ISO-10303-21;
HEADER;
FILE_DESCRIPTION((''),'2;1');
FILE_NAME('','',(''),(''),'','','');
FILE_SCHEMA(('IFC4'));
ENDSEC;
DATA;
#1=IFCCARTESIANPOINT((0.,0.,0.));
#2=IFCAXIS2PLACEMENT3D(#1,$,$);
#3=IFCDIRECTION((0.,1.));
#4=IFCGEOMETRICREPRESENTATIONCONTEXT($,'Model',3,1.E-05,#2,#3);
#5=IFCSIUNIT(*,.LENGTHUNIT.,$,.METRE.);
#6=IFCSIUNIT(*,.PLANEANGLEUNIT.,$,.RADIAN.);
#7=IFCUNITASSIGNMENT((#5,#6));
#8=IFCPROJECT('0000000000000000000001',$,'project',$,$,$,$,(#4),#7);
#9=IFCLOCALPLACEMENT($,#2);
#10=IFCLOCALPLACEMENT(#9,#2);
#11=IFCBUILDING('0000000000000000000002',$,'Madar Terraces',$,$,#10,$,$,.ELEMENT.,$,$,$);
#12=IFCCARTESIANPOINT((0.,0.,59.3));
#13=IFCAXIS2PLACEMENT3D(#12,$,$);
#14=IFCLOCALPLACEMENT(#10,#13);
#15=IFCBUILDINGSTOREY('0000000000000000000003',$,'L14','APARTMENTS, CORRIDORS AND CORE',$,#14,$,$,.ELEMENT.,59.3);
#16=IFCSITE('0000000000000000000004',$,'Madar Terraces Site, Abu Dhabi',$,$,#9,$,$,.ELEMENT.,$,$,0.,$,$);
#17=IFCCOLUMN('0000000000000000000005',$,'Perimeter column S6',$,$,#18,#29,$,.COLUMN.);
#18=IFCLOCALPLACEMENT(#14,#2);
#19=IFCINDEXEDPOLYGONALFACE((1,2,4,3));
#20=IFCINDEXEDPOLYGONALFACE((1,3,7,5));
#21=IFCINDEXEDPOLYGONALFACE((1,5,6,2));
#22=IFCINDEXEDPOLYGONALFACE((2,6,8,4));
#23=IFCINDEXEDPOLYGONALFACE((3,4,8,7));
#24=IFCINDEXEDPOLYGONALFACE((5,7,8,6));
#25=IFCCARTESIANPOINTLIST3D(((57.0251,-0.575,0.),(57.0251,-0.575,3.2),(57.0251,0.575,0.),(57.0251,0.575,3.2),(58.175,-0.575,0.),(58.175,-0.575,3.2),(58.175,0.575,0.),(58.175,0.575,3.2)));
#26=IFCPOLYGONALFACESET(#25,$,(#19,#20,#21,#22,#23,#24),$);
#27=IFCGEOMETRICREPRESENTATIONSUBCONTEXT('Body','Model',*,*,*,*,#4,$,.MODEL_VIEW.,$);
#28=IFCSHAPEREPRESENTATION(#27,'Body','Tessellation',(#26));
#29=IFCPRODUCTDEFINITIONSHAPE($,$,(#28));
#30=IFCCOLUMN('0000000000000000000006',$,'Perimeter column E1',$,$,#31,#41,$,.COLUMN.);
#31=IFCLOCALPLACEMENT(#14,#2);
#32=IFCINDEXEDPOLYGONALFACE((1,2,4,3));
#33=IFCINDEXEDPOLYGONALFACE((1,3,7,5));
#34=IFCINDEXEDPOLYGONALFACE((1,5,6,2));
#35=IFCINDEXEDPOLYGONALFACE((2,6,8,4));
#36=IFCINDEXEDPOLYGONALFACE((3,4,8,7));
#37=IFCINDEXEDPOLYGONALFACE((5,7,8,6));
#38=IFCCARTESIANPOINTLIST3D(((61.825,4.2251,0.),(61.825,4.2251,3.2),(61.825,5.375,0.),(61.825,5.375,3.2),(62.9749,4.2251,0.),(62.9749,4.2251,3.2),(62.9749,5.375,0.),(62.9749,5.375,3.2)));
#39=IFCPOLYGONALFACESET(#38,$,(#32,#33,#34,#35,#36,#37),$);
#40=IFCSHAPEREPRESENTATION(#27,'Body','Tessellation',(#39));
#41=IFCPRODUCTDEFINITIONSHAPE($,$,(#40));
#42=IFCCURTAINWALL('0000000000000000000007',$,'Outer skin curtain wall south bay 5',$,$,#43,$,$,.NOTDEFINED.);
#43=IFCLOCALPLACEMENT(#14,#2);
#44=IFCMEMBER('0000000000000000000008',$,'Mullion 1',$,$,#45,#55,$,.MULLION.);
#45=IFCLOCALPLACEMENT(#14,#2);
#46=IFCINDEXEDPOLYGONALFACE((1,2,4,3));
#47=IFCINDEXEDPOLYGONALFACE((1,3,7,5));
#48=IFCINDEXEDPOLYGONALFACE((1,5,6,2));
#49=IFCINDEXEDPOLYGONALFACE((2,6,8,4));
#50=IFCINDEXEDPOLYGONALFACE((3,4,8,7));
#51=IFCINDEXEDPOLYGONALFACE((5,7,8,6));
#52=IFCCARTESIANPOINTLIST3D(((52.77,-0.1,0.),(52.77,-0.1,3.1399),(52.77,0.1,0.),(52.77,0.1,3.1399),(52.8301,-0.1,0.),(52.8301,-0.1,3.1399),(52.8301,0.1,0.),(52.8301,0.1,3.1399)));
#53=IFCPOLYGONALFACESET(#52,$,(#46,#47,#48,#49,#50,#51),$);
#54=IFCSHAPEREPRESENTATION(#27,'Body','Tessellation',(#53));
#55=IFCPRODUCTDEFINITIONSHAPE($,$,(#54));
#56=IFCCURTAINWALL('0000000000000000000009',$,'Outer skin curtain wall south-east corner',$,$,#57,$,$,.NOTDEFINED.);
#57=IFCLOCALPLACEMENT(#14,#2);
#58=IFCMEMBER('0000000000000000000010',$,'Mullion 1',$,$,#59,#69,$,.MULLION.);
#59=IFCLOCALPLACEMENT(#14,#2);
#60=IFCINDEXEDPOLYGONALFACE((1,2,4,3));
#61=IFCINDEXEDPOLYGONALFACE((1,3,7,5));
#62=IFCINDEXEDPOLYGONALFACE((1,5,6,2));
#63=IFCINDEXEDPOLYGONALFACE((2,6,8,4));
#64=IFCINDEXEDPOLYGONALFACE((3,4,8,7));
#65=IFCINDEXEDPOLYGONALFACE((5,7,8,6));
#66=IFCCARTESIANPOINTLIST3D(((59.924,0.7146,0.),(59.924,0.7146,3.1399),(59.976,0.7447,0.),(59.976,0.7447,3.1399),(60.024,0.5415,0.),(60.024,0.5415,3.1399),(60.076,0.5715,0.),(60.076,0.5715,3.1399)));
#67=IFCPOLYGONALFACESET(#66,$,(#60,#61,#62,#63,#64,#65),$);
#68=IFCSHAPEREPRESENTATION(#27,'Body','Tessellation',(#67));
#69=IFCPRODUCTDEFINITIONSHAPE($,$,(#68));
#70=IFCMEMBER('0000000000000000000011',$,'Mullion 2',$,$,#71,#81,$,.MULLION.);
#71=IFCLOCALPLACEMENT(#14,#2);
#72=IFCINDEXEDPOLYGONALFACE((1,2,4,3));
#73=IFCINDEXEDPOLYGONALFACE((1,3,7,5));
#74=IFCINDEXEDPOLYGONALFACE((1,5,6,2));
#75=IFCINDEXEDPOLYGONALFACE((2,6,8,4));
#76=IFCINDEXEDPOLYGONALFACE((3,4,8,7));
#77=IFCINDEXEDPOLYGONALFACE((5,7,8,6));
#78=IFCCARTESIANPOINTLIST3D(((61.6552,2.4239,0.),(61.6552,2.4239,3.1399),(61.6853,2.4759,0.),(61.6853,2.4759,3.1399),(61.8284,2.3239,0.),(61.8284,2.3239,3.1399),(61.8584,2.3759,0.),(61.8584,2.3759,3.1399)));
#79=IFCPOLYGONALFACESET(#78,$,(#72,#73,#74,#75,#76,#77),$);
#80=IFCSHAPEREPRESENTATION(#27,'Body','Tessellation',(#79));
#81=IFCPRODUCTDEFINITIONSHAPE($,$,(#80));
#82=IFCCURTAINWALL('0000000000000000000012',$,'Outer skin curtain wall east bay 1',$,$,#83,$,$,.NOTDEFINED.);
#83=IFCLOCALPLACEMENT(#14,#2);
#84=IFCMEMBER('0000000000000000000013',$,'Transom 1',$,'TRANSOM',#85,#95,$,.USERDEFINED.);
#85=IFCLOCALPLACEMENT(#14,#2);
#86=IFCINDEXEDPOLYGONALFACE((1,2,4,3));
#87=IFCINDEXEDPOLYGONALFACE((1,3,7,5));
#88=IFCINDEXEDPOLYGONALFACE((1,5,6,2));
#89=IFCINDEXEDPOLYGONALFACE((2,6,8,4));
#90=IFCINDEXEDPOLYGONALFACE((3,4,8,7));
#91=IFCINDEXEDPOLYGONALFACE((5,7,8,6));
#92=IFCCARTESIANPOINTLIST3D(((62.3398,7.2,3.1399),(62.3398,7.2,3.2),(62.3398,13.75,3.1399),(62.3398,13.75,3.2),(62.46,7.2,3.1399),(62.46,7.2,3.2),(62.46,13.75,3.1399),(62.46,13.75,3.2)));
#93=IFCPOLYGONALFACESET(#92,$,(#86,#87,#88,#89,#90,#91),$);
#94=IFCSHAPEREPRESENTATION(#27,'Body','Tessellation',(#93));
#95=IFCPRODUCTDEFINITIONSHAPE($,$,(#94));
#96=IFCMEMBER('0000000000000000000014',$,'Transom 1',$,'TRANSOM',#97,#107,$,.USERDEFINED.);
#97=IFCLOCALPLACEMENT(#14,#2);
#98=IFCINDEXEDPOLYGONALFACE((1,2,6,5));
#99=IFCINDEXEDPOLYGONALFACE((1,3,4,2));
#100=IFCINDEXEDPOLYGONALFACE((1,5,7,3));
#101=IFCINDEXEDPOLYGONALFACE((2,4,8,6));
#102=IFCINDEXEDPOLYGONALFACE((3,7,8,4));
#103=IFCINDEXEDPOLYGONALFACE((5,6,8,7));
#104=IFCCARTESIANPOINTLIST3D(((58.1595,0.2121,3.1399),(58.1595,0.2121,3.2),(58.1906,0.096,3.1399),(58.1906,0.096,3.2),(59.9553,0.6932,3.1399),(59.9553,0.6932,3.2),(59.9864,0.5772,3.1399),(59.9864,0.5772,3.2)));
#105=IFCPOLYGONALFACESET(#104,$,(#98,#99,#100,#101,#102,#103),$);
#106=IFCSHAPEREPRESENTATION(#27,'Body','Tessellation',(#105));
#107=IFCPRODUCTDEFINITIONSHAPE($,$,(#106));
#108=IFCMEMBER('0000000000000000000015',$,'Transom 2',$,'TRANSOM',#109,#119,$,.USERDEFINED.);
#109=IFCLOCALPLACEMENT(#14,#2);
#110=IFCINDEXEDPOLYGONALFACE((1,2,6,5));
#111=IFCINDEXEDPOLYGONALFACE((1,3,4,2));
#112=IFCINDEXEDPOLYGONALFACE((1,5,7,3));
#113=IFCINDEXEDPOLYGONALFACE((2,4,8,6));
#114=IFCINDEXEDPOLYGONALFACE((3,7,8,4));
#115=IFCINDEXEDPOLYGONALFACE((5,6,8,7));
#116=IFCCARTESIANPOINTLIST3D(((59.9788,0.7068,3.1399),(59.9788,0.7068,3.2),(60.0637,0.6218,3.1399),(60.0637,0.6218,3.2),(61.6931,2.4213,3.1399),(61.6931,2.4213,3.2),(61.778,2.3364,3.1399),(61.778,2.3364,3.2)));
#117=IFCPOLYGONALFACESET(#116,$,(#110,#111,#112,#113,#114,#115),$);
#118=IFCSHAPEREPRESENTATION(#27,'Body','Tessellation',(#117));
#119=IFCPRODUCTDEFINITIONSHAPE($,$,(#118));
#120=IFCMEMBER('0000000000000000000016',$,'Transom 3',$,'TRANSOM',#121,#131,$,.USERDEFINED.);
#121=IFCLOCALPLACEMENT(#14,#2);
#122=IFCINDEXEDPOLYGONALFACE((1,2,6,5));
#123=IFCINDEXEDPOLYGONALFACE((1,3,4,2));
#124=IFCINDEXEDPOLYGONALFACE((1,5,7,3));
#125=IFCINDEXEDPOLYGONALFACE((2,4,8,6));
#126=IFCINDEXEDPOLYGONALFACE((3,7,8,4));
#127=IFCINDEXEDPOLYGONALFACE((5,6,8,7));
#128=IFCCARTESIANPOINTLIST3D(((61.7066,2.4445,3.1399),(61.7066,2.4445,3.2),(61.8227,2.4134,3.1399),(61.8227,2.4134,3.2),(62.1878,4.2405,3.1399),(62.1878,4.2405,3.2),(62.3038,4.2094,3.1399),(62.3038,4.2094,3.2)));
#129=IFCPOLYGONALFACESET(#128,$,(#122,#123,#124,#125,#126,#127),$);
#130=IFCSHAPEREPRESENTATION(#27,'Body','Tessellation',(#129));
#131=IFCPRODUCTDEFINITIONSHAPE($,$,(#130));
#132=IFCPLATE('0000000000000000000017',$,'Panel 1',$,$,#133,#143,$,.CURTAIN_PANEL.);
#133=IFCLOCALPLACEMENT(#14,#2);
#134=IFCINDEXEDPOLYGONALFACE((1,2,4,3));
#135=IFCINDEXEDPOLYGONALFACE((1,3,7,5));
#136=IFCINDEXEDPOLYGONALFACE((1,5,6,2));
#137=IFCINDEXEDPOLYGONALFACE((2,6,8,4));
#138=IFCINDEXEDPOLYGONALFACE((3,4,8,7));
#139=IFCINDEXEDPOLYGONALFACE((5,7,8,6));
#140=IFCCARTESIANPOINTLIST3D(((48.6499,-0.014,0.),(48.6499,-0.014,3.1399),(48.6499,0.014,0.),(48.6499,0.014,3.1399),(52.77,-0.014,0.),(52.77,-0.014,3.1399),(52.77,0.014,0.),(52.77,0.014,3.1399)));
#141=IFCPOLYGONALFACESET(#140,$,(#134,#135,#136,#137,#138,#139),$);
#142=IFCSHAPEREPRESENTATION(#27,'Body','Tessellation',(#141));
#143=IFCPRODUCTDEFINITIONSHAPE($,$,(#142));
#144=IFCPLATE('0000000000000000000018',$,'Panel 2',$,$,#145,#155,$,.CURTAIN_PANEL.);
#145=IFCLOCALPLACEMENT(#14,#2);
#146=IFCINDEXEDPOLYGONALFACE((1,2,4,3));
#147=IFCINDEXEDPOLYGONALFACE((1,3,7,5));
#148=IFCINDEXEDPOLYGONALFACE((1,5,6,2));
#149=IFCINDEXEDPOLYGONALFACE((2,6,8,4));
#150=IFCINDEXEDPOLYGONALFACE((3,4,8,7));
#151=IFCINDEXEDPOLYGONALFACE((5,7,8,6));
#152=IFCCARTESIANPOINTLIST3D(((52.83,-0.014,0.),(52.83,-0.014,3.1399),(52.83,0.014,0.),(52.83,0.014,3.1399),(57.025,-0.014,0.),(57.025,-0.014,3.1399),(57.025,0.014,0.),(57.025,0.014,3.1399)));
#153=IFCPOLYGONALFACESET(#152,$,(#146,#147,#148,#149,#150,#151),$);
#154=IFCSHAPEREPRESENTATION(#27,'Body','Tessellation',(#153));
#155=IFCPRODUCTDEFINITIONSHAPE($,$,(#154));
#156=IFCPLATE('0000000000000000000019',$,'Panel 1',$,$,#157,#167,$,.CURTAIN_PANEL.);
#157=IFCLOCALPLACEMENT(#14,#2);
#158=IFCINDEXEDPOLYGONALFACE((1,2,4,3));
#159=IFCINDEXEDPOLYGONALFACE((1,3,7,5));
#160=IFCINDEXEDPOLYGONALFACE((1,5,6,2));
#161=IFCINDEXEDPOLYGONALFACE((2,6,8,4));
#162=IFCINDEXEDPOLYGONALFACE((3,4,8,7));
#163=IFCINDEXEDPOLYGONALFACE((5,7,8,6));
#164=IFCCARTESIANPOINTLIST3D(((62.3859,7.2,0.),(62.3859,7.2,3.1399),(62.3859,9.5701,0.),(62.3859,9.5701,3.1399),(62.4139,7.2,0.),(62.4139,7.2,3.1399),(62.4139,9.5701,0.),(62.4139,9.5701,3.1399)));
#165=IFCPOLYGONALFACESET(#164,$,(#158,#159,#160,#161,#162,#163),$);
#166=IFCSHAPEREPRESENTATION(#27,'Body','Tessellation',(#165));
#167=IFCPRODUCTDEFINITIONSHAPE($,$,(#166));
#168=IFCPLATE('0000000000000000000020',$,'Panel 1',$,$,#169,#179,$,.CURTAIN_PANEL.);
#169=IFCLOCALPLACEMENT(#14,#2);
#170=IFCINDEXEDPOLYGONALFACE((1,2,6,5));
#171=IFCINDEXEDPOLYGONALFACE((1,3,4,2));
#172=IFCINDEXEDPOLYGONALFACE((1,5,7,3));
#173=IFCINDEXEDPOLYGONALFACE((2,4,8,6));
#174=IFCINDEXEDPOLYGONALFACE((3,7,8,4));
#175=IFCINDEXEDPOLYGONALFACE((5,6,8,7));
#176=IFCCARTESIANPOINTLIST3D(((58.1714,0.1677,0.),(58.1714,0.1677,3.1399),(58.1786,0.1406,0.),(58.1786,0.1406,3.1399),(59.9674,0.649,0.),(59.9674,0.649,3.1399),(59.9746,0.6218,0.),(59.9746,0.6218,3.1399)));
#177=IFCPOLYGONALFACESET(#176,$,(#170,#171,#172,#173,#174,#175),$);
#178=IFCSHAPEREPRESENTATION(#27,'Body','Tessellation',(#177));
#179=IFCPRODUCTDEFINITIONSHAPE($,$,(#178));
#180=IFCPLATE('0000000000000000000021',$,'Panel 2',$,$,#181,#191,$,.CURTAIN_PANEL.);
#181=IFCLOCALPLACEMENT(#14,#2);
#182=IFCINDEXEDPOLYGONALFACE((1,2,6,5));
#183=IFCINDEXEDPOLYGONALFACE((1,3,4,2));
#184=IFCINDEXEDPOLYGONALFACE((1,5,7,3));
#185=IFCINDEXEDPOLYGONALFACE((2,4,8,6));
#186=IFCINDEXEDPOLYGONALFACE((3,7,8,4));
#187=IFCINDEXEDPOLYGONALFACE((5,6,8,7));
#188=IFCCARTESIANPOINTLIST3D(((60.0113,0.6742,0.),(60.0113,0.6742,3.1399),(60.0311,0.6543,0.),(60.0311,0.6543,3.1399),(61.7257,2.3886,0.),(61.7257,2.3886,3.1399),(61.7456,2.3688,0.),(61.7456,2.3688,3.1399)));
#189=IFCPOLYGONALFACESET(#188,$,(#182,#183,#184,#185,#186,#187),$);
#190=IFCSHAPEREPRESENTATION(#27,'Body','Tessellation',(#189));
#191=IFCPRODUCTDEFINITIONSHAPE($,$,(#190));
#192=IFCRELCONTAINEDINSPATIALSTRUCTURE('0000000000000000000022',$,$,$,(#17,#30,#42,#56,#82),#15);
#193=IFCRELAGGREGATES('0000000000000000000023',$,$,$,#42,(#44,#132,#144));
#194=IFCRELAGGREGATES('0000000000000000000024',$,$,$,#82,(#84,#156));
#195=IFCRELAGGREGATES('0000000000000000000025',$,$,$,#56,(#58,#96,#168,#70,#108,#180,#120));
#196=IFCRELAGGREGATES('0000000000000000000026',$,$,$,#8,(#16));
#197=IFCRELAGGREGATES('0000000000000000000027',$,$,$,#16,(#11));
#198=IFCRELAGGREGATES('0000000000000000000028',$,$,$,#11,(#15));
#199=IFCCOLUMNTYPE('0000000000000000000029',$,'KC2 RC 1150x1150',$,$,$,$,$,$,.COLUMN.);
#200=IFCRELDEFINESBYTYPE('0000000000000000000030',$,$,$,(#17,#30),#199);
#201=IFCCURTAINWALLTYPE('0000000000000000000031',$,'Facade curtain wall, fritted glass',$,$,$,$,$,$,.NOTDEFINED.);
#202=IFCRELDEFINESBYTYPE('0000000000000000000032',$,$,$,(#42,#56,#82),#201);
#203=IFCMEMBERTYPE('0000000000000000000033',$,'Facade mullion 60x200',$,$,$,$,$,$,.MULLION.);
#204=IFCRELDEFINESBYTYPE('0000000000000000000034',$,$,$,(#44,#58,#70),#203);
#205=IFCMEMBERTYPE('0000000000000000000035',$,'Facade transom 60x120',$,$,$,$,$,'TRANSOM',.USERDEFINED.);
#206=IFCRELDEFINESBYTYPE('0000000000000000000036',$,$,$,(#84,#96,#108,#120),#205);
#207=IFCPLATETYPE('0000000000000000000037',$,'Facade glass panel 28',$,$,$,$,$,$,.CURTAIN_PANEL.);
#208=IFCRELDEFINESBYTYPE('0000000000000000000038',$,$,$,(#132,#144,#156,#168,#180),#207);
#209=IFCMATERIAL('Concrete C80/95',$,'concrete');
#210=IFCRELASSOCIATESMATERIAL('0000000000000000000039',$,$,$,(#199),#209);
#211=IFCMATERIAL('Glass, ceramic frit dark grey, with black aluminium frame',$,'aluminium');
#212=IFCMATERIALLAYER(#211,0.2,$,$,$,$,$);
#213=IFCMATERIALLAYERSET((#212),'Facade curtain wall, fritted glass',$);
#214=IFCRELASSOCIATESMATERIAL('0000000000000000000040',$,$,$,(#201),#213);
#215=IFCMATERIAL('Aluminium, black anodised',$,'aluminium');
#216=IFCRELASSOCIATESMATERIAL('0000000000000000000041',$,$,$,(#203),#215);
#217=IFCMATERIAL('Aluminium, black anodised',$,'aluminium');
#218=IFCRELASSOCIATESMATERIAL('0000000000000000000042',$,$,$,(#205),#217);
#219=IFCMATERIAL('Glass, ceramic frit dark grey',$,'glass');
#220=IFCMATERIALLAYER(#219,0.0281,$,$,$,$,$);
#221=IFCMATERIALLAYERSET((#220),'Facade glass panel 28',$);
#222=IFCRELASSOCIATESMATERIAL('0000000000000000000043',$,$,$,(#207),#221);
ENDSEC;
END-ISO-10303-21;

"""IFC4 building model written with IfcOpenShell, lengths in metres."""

from ifc_helpers import new_model, si_unit, direction, frame, origin, origin_2d, place, context, subcontext, project, spatial, rectangle, extrude, material, layer, layer_set, material_profile, profile_set, type_object, element, aggregate, save


model = new_model("IFC4")

# Units and contexts
model_context = context("Model", 3, precision=1e-05, world=origin(), true_north=direction((0.0, 1.0)))
body_context = subcontext(model_context, "Body", "Model", "MODEL_VIEW")
ifc_project = project(units=[si_unit("LENGTHUNIT", "METRE"), si_unit("PLANEANGLEUNIT", "RADIAN")], contexts=[model_context])

# Site, building, storey
site_placement = place(None, origin())
site = spatial("IfcSite", under=ifc_project, at=site_placement, Name="Madar Terraces Site, Abu Dhabi", CompositionType="ELEMENT", RefElevation=0.0)
building_placement = place(site_placement, origin())
building = spatial("IfcBuilding", under=site, at=building_placement, Name="Madar Terraces", CompositionType="ELEMENT")
storey_placement = place(building_placement, frame((0.0, 0.0, 59.3)))
storey = spatial("IfcBuildingStorey", under=building, at=storey_placement, Name="L14", Description="APARTMENTS, CORRIDORS AND CORE", CompositionType="ELEMENT", Elevation=59.3)

# Columns
ifc_material_1 = material(Name="Concrete C80/95", Category="concrete")
ifc_material_profile_1 = material_profile(ifc_material_1, rectangle(XDim=1.1499, YDim=1.1499, at=origin_2d()), Name="KC2 RC 1150x1150")
ifc_profile_set_1 = profile_set([ifc_material_profile_1], Name="Concrete C80/95")
column_type = type_object("IfcColumnType", Name="KC2 RC 1150x1150", PredefinedType="COLUMN", material=ifc_profile_set_1)
for number, where, z_axis, x_axis, name in (
    (1, (57.6001, 0.0, 0.0), (0.0, 0.0, 1.0), (1.0, 0.0, 0.0), "Perimeter column S6"),
    (2, (62.3999, 4.8, 0.0), (0.0, 0.0, 1.0), (1.0, 0.0, 0.0), "Perimeter column E1"),
):
    element("IfcColumn", number, at=place(storey_placement, frame(where, z_axis=z_axis, x_axis=x_axis)), inside=storey, type_object=column_type, Name=name, PredefinedType="COLUMN", context=body_context, shape_type="SweptSolid", body=[
        extrude(rectangle(XDim=1.1499, YDim=1.1499, at=origin_2d()), origin(), (0.0, 0.0, 1.0), 3.2),
    ])

# Curtain wall, member
ifc_material_2 = material(Name="Glass, ceramic frit dark grey, with black aluminium frame", Category="aluminium")
ifc_layer_1 = layer(ifc_material_2, 0.2)
ifc_layer_set_1 = layer_set([ifc_layer_1], Name="Facade curtain wall, fritted glass")
curtain_wall_type = type_object("IfcCurtainWallType", Name="Facade curtain wall, fritted glass", PredefinedType="NOTDEFINED", material=ifc_layer_set_1)
curtain_wall_1_placement = place(storey_placement, origin())
curtain_wall_1 = element("IfcCurtainWall", 3, at=curtain_wall_1_placement, inside=storey, type_object=curtain_wall_type, Name="Outer skin curtain wall south bay 5", PredefinedType="NOTDEFINED")
ifc_material_3 = material(Name="Aluminium, black anodised", Category="aluminium")
ifc_material_profile_2 = material_profile(ifc_material_3, rectangle(XDim=0.2, YDim=0.0601, at=origin_2d()), Name="Facade mullion 60x200")
ifc_profile_set_2 = profile_set([ifc_material_profile_2], Name="Aluminium, black anodised")
member_type_1 = type_object("IfcMemberType", Name="Facade mullion 60x200", PredefinedType="MULLION", material=ifc_profile_set_2)
member_1_placement = place(storey_placement, frame((52.8, 0.0, 0.0), z_axis=(0.0, 0.0, 1.0), x_axis=(0.0, 1.0, 0.0)))
member_1 = element("IfcMember", 4, at=member_1_placement, type_object=member_type_1, Name="Mullion 1", PredefinedType="MULLION", context=body_context, shape_type="SweptSolid", body=[
    extrude(rectangle(XDim=0.2, YDim=0.0601, at=origin_2d()), origin(), (0.0, 0.0, 1.0), 3.1399),
])

# Curtain wall, members
curtain_wall_2_placement = place(storey_placement, origin())
curtain_wall_2 = element("IfcCurtainWall", 5, at=curtain_wall_2_placement, inside=storey, type_object=curtain_wall_type, Name="Outer skin curtain wall south-east corner", PredefinedType="NOTDEFINED")
member_2_placement = place(storey_placement, frame((60.0, 0.6431, 0.0), z_axis=(0.0, 0.0, 1.0), x_axis=(-0.5, 0.866025, 0.0)))
member_2 = element("IfcMember", 6, at=member_2_placement, type_object=member_type_1, Name="Mullion 1", PredefinedType="MULLION", context=body_context, shape_type="SweptSolid", body=[
    extrude(rectangle(XDim=0.2, YDim=0.0601, at=origin_2d()), origin(), (0.0, 0.0, 1.0), 3.1399),
])
member_3_placement = place(storey_placement, frame((61.7568, 2.3999, 0.0), z_axis=(0.0, 0.0, 1.0), x_axis=(-0.866025, 0.5, 0.0)))
member_3 = element("IfcMember", 7, at=member_3_placement, type_object=member_type_1, Name="Mullion 2", PredefinedType="MULLION", context=body_context, shape_type="SweptSolid", body=[
    extrude(rectangle(XDim=0.2, YDim=0.0601, at=origin_2d()), origin(), (0.0, 0.0, 1.0), 3.1399),
])

# Curtain wall, member
curtain_wall_3_placement = place(storey_placement, origin())
curtain_wall_3 = element("IfcCurtainWall", 8, at=curtain_wall_3_placement, inside=storey, type_object=curtain_wall_type, Name="Outer skin curtain wall east bay 1", PredefinedType="NOTDEFINED")
ifc_material_4 = material(Name="Aluminium, black anodised", Category="aluminium")
ifc_material_profile_3 = material_profile(ifc_material_4, rectangle(XDim=0.1201, YDim=0.0601, at=origin_2d()), Name="Facade transom 60x120")
ifc_profile_set_3 = profile_set([ifc_material_profile_3], Name="Aluminium, black anodised")
member_type_2 = type_object("IfcMemberType", Name="Facade transom 60x120", ElementType="TRANSOM", PredefinedType="USERDEFINED", material=ifc_profile_set_3)
member_4_placement = place(storey_placement, frame((62.3999, 7.2, 3.1699), z_axis=(0.0, 1.0, 0.0), x_axis=(-1.0, 0.0, 0.0)))
member_4 = element("IfcMember", 9, at=member_4_placement, type_object=member_type_2, Name="Transom 1", ObjectType="TRANSOM", PredefinedType="USERDEFINED", context=body_context, shape_type="SweptSolid", body=[
    extrude(rectangle(XDim=0.1201, YDim=0.0601, at=origin_2d()), origin(), (0.0, 0.0, 1.0), 6.55),
])

# Members
member_5_placement = place(storey_placement, frame((58.175, 0.1541, 3.1699), z_axis=(0.965927, 0.258815, 0.0), x_axis=(-0.258815, 0.965927, 0.0)))
member_5 = element("IfcMember", 10, at=member_5_placement, type_object=member_type_2, Name="Transom 1", ObjectType="TRANSOM", PredefinedType="USERDEFINED", context=body_context, shape_type="SweptSolid", body=[
    extrude(rectangle(XDim=0.1201, YDim=0.0601, at=origin_2d()), origin(), (0.0, 0.0, 1.0), 1.8591),
])
member_6_placement = place(storey_placement, frame((60.0212, 0.6643, 3.1699), z_axis=(0.707056, 0.707157, 0.0), x_axis=(-0.707157, 0.707056, 0.0)))
member_6 = element("IfcMember", 11, at=member_6_placement, type_object=member_type_2, Name="Transom 2", ObjectType="TRANSOM", PredefinedType="USERDEFINED", context=body_context, shape_type="SweptSolid", body=[
    extrude(rectangle(XDim=0.1201, YDim=0.0601, at=origin_2d()), origin(), (0.0, 0.0, 1.0), 2.4246),
])
member_7_placement = place(storey_placement, frame((61.7646, 2.429, 3.1699), z_axis=(0.258782, 0.965936, 0.0), x_axis=(-0.965936, 0.258782, 0.0)))
member_7 = element("IfcMember", 12, at=member_7_placement, type_object=member_type_2, Name="Transom 3", ObjectType="TRANSOM", PredefinedType="USERDEFINED", context=body_context, shape_type="SweptSolid", body=[
    extrude(rectangle(XDim=0.1201, YDim=0.0601, at=origin_2d()), origin(), (0.0, 0.0, 1.0), 1.8594),
])

# Plates
ifc_material_5 = material(Name="Glass, ceramic frit dark grey", Category="glass")
ifc_layer_2 = layer(ifc_material_5, 0.0281)
ifc_layer_set_2 = layer_set([ifc_layer_2], Name="Facade glass panel 28")
plate_type = type_object("IfcPlateType", Name="Facade glass panel 28", PredefinedType="CURTAIN_PANEL", material=ifc_layer_set_2)
plate_1_placement = place(storey_placement, frame((50.71, 0.0, 0.0), z_axis=(0.0, 0.0, 1.0), x_axis=(1.0, 0.0, 0.0)))
plate_1 = element("IfcPlate", 13, at=plate_1_placement, type_object=plate_type, Name="Panel 1", PredefinedType="CURTAIN_PANEL", context=body_context, shape_type="SweptSolid", body=[
    extrude(rectangle(XDim=4.1201, YDim=0.0281, at=origin_2d()), origin(), (0.0, 0.0, 1.0), 3.1399),
])
plate_2_placement = place(storey_placement, frame((54.9275, 0.0, 0.0), z_axis=(0.0, 0.0, 1.0), x_axis=(1.0, 0.0, 0.0)))
plate_2 = element("IfcPlate", 14, at=plate_2_placement, type_object=plate_type, Name="Panel 2", PredefinedType="CURTAIN_PANEL", context=body_context, shape_type="SweptSolid", body=[
    extrude(rectangle(XDim=4.1951, YDim=0.0281, at=origin_2d()), origin(), (0.0, 0.0, 1.0), 3.1399),
])
aggregate(curtain_wall_1, [member_1, plate_1, plate_2])
plate_3_placement = place(storey_placement, frame((62.3999, 8.385, 0.0), z_axis=(0.0, 0.0, 1.0), x_axis=(0.0, 1.0, 0.0)))
plate_3 = element("IfcPlate", 15, at=plate_3_placement, type_object=plate_type, Name="Panel 1", PredefinedType="CURTAIN_PANEL", context=body_context, shape_type="SweptSolid", body=[
    extrude(rectangle(XDim=2.3701, YDim=0.0281, at=origin_2d()), origin(), (0.0, 0.0, 1.0), 3.1399),
])
aggregate(curtain_wall_3, [member_4, plate_3])
plate_4_placement = place(storey_placement, frame((59.073, 0.3948, 0.0), z_axis=(0.0, 0.0, 1.0), x_axis=(0.965926, 0.258819, 0.0)))
plate_4 = element("IfcPlate", 16, at=plate_4_placement, type_object=plate_type, Name="Panel 1", PredefinedType="CURTAIN_PANEL", context=body_context, shape_type="SweptSolid", body=[
    extrude(rectangle(XDim=1.8594, YDim=0.0281, at=origin_2d()), origin(), (0.0, 0.0, 1.0), 3.1399),
])
plate_5_placement = place(storey_placement, frame((60.8784, 1.5215, 0.0), z_axis=(0.0, 0.0, 1.0), x_axis=(0.707107, 0.707107, 0.0)))
plate_5 = element("IfcPlate", 17, at=plate_5_placement, type_object=plate_type, Name="Panel 2", PredefinedType="CURTAIN_PANEL", context=body_context, shape_type="SweptSolid", body=[
    extrude(rectangle(XDim=2.4246, YDim=0.0281, at=origin_2d()), origin(), (0.0, 0.0, 1.0), 3.1399),
])
aggregate(curtain_wall_2, [member_2, member_5, plate_4, member_3, member_6, plate_5, member_7])

save(model, "model.ifc")
